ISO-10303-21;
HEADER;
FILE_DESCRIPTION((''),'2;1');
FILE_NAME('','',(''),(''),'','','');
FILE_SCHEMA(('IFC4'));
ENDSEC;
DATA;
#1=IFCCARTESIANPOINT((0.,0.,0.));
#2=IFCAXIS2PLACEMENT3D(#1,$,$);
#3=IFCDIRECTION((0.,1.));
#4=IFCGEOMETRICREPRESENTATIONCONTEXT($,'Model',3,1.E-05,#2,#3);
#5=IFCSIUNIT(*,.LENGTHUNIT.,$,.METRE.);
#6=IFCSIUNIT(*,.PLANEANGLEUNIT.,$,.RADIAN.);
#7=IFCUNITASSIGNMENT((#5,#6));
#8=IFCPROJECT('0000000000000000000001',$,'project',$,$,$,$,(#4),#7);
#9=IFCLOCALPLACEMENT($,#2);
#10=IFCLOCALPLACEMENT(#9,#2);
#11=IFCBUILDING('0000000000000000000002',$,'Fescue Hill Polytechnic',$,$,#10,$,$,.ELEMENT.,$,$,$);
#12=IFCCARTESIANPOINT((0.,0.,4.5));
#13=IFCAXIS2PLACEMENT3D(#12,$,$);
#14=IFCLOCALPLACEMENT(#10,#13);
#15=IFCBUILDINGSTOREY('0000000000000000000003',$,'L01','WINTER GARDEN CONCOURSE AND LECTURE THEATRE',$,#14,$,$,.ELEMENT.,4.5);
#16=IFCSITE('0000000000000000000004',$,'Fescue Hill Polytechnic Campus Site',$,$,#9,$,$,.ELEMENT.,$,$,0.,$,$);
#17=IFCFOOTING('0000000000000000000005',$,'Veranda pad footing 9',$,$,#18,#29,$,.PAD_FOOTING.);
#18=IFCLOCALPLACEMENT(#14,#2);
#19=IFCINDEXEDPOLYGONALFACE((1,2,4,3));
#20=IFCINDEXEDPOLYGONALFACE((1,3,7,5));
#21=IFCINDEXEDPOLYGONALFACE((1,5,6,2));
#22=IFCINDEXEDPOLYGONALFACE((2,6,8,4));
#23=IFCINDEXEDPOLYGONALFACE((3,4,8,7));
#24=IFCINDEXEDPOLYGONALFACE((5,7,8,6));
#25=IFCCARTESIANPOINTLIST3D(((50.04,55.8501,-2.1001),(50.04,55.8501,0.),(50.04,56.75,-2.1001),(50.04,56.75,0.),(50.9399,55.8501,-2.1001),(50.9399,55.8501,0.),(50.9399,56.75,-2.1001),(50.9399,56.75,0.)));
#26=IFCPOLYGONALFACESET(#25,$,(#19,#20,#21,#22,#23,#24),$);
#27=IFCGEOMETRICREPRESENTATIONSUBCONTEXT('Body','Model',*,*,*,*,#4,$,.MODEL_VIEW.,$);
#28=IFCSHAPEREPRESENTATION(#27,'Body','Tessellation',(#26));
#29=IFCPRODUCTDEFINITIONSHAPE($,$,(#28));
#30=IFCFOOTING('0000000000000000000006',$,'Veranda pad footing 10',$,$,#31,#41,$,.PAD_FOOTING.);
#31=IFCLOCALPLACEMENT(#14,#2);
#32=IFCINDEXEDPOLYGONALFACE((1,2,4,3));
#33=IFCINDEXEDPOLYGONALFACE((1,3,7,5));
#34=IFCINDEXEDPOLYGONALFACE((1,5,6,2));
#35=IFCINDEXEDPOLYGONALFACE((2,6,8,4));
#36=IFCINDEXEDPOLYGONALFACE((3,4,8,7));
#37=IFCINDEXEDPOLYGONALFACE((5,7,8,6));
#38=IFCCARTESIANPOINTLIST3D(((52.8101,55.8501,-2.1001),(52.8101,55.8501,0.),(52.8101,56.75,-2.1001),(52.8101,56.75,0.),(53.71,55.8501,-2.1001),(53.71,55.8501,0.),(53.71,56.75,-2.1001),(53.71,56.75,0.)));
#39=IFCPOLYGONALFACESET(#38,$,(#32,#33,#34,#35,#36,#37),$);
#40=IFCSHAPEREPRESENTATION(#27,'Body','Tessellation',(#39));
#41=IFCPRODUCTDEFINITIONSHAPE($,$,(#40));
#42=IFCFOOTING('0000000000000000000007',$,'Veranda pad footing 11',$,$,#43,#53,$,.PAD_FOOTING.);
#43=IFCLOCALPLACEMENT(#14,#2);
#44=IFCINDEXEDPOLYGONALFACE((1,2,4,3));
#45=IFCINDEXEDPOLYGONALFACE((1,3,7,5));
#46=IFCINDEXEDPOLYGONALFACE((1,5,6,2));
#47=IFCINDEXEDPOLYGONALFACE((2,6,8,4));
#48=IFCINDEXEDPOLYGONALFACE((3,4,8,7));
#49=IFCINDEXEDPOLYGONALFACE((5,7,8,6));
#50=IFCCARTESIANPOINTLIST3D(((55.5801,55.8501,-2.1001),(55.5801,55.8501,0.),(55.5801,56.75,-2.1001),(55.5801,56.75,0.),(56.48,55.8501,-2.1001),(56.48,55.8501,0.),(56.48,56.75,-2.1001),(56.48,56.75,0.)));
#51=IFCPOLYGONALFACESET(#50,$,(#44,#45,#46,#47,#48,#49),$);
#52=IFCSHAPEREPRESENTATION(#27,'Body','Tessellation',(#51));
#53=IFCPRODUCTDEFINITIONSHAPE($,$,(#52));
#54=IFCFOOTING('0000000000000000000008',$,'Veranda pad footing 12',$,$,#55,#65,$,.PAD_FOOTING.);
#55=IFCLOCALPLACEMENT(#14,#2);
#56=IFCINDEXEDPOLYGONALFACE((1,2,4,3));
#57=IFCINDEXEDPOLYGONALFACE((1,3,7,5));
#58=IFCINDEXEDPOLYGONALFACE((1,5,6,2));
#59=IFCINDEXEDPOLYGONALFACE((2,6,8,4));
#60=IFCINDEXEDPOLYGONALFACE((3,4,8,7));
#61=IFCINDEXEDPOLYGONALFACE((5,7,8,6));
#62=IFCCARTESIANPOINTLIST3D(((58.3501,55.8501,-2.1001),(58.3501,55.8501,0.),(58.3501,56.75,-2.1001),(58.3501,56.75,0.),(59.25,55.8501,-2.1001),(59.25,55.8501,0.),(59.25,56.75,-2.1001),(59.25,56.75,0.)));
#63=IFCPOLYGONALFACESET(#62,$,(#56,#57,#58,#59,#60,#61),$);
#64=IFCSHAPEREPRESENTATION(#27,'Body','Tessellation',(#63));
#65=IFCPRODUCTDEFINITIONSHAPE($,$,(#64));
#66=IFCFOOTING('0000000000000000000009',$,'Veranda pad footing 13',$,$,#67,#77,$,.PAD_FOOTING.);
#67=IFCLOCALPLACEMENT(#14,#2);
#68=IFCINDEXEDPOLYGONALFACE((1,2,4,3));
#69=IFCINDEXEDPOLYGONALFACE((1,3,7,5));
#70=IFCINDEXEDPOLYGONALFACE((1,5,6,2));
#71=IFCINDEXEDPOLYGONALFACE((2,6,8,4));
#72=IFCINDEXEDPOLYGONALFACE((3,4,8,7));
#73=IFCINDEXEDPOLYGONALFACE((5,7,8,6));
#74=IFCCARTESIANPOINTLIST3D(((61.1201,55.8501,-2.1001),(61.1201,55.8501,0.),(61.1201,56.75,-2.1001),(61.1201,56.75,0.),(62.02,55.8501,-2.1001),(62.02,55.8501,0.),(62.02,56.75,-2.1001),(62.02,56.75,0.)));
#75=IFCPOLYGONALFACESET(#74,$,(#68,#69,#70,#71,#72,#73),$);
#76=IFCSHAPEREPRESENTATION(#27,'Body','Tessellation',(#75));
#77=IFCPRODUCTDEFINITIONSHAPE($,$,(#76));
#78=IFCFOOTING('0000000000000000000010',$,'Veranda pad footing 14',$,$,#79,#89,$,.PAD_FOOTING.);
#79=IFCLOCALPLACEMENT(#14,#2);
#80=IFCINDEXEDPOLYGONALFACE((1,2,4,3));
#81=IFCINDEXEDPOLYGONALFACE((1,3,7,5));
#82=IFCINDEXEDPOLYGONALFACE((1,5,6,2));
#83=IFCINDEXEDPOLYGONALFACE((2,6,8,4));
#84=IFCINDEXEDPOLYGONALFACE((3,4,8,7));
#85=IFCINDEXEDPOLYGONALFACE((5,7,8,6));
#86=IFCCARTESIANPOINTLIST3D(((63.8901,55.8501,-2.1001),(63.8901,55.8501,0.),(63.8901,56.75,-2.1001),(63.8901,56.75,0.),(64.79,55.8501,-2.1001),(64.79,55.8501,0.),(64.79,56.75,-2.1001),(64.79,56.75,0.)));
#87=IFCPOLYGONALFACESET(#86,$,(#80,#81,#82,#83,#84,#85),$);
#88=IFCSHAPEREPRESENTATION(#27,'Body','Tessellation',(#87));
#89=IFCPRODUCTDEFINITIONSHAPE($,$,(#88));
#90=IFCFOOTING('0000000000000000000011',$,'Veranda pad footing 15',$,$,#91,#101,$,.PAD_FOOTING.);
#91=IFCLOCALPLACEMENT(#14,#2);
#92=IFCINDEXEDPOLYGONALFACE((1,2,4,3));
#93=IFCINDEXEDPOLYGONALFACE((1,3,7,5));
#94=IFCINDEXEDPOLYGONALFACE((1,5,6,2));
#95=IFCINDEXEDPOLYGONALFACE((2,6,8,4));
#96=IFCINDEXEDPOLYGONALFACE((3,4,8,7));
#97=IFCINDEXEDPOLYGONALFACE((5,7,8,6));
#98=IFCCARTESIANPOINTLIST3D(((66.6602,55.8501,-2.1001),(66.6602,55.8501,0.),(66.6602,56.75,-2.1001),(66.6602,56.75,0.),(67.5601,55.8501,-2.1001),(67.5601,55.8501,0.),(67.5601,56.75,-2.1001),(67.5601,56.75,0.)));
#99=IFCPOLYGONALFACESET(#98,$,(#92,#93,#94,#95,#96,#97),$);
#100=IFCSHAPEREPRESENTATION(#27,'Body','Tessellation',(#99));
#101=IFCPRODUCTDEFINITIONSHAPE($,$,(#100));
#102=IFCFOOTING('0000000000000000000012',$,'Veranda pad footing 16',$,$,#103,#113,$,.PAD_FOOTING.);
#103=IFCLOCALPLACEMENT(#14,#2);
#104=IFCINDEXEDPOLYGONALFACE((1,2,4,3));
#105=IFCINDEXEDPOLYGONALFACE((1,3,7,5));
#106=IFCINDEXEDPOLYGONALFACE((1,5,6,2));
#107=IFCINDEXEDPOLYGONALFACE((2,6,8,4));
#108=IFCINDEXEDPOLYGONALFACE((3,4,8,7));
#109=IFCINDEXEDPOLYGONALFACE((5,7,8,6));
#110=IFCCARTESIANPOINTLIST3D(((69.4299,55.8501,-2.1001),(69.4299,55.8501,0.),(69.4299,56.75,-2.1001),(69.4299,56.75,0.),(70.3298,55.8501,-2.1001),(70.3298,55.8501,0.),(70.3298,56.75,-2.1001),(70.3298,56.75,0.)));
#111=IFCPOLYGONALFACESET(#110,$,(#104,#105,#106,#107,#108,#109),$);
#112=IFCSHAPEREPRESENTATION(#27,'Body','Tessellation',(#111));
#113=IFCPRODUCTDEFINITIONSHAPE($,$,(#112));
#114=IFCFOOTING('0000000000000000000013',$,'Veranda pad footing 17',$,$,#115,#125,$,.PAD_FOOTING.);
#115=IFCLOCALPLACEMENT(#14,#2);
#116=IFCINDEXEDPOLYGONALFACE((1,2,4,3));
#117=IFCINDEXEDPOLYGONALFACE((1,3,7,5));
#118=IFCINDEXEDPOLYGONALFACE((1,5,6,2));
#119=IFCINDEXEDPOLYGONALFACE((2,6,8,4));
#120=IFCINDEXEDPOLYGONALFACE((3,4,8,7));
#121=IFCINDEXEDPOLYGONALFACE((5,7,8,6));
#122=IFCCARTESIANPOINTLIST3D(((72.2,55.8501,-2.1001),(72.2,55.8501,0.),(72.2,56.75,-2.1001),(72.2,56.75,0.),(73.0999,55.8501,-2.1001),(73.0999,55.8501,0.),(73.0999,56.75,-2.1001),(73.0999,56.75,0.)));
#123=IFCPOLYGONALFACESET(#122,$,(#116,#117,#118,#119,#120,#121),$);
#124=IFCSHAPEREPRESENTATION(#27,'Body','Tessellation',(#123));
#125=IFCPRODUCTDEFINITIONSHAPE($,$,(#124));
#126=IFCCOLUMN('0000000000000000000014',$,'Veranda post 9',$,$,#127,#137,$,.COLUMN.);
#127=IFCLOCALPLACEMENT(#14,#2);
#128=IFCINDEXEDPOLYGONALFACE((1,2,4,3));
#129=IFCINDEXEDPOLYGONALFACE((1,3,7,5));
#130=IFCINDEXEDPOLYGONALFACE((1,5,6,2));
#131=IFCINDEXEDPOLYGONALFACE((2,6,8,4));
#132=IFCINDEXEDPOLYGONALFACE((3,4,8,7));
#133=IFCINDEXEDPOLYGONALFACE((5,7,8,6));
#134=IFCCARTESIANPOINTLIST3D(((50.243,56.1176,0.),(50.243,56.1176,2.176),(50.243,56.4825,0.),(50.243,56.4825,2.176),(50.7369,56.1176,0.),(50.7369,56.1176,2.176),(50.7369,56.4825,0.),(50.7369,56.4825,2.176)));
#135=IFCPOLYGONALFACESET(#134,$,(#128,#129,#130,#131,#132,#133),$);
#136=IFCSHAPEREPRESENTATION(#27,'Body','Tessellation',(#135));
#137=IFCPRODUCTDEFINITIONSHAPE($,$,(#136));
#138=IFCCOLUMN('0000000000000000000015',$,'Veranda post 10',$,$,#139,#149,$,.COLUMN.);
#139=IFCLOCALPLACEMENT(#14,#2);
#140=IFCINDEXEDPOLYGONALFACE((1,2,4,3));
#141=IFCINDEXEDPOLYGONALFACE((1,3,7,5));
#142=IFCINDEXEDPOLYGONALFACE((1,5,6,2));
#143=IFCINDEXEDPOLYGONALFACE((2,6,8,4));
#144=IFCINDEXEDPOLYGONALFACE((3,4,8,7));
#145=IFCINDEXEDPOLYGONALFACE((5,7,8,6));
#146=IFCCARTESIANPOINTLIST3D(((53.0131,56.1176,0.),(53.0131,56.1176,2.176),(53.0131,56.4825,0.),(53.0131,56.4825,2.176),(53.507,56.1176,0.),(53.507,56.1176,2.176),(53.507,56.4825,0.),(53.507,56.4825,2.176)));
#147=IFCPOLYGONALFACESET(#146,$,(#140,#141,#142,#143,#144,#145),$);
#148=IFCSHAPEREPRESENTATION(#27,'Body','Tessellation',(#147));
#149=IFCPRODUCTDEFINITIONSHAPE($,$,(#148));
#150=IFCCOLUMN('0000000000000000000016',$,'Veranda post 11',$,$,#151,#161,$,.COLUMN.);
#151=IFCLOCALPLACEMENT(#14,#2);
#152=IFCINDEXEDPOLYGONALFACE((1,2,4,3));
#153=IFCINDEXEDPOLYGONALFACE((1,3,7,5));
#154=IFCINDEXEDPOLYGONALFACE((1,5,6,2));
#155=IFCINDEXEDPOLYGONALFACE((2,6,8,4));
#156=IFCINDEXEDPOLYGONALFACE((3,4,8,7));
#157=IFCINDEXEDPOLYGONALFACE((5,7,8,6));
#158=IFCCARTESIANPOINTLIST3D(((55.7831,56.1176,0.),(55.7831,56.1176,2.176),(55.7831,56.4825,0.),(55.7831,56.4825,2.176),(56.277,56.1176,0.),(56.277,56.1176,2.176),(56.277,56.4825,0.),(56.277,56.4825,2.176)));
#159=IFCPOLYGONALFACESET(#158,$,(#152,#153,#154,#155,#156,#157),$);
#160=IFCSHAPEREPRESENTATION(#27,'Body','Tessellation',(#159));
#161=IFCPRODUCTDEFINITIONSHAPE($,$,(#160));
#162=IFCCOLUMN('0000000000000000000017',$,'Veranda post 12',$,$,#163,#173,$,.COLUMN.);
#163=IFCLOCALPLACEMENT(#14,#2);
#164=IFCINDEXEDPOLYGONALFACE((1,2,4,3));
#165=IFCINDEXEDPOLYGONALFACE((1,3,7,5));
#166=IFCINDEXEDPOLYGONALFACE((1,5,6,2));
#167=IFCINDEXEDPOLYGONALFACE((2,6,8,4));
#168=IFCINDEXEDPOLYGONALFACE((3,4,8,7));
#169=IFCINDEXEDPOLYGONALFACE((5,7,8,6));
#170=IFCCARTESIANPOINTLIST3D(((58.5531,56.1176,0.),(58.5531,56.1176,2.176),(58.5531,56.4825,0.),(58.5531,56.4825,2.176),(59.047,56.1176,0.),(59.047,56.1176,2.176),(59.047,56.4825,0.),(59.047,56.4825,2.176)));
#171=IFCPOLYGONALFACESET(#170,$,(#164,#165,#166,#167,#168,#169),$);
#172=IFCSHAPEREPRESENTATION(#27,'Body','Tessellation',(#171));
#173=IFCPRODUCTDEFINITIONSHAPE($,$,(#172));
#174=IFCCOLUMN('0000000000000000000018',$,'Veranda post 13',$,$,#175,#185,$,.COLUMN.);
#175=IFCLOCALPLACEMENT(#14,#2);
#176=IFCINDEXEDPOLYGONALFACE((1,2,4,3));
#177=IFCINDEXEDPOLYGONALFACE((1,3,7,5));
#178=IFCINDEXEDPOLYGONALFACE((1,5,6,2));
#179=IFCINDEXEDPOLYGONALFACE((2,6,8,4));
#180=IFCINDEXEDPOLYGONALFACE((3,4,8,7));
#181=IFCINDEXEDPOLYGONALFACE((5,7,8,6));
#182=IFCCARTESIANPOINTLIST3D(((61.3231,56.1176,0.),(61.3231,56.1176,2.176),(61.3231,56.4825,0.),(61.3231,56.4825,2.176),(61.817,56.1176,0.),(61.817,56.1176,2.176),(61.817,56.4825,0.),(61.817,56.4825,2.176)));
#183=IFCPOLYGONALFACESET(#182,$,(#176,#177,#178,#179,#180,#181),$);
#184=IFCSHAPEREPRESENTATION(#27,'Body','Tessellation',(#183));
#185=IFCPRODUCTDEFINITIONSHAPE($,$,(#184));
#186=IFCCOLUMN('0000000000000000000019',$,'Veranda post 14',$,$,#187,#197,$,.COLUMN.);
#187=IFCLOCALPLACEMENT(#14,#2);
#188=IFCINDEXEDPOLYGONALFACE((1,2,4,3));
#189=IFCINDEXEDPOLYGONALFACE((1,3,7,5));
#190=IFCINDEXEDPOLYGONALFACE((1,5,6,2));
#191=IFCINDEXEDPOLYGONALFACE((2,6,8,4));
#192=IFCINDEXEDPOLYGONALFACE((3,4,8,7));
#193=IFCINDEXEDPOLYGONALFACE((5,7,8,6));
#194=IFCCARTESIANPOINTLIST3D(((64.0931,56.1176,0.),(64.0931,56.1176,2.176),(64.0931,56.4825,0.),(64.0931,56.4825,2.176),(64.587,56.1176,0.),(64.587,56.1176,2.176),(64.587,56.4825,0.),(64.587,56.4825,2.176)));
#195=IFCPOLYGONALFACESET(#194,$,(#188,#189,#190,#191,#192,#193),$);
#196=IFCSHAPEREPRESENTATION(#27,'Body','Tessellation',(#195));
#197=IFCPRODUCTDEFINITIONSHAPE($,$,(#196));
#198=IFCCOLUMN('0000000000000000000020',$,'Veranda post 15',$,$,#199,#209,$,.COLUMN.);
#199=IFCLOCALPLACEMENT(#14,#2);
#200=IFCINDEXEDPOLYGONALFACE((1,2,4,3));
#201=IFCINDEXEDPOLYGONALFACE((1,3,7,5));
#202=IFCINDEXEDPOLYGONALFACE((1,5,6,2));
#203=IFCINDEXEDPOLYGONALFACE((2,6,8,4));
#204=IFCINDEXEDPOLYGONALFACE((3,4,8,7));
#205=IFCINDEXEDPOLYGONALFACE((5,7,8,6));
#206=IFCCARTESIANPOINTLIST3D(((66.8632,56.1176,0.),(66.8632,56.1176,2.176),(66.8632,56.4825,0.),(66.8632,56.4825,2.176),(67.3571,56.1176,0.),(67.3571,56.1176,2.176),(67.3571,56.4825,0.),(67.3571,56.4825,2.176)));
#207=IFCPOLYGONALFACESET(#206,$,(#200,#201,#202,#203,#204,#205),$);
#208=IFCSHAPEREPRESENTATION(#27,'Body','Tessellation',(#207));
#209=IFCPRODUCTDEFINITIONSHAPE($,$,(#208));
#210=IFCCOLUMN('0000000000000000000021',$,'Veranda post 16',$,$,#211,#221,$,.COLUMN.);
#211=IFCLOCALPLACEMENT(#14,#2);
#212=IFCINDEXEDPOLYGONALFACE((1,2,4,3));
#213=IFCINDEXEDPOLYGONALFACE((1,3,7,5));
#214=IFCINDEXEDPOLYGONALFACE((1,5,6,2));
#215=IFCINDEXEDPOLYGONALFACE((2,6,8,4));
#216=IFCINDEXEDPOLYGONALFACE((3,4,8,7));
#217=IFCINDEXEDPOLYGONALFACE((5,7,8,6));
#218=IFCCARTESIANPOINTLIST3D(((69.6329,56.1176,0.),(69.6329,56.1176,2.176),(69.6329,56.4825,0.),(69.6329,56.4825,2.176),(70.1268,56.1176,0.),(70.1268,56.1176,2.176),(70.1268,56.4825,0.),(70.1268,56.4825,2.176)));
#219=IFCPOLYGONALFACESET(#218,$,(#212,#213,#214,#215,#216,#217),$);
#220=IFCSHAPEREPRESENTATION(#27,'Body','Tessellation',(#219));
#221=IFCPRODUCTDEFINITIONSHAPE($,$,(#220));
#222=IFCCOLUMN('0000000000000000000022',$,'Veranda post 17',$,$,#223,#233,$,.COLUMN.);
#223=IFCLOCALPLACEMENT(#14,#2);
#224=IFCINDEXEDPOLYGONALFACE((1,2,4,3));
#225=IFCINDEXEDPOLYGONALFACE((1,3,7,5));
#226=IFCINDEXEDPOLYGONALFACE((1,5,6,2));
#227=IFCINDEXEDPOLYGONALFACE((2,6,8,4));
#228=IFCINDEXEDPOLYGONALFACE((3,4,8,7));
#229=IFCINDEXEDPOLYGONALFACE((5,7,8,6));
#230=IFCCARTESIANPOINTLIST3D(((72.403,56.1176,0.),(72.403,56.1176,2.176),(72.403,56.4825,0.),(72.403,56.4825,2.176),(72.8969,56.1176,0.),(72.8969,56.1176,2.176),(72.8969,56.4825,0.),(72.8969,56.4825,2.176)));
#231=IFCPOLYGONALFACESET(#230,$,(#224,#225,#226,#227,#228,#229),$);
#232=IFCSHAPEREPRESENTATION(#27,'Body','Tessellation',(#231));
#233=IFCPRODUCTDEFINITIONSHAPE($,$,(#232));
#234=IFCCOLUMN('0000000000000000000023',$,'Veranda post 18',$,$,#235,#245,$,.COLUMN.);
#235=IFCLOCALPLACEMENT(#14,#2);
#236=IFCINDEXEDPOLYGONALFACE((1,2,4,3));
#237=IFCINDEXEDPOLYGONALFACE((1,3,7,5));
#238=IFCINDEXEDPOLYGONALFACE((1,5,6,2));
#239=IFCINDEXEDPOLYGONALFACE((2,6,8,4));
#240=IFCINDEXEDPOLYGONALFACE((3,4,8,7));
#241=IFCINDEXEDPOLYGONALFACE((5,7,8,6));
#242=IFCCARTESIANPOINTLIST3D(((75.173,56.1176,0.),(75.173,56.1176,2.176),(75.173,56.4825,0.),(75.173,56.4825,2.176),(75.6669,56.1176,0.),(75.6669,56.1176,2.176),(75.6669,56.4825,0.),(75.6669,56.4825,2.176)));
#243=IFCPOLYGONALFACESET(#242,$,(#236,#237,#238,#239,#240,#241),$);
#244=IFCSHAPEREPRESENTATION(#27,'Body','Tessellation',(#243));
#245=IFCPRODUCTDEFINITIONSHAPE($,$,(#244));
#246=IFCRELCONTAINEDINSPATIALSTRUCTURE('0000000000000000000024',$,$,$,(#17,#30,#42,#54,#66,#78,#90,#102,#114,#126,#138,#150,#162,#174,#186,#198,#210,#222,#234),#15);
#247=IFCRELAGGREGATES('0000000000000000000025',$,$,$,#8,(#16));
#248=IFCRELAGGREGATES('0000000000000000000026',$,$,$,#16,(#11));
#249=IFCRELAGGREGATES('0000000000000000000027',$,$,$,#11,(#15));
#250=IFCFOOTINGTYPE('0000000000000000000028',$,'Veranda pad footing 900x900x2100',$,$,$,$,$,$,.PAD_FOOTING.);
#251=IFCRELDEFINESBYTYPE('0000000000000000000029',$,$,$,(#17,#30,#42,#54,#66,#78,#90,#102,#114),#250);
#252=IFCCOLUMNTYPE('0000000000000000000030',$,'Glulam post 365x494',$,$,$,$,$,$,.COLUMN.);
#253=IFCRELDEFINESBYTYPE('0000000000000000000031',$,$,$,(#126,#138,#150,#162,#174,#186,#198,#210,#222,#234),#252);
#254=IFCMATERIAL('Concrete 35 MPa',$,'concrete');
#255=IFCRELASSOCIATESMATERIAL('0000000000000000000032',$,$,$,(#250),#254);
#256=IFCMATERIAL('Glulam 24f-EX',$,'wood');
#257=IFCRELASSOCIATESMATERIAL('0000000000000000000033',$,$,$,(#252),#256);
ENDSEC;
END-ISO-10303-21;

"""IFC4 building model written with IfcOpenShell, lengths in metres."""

from ifc_helpers import new_model, si_unit, direction, frame, origin, origin_2d, place, context, subcontext, project, spatial, rectangle, extrude, material, material_profile, profile_set, type_object, element, save


model = new_model("IFC4")

# Units and contexts
model_context = context("Model", 3, precision=1e-05, world=origin(), true_north=direction((0.0, 1.0)))
body_context = subcontext(model_context, "Body", "Model", "MODEL_VIEW")
ifc_project = project(units=[si_unit("LENGTHUNIT", "METRE"), si_unit("PLANEANGLEUNIT", "RADIAN")], contexts=[model_context])

# Site, building, storey
site_placement = place(None, origin())
site = spatial("IfcSite", under=ifc_project, at=site_placement, Name="Fescue Hill Polytechnic Campus Site", CompositionType="ELEMENT", RefElevation=0.0)
building_placement = place(site_placement, origin())
building = spatial("IfcBuilding", under=site, at=building_placement, Name="Fescue Hill Polytechnic", CompositionType="ELEMENT")
storey_placement = place(building_placement, frame((0.0, 0.0, 4.5)))
storey = spatial("IfcBuildingStorey", under=building, at=storey_placement, Name="L01", Description="WINTER GARDEN CONCOURSE AND LECTURE THEATRE", CompositionType="ELEMENT", Elevation=4.5)

# Footings
ifc_material_1 = material(Name="Concrete 35 MPa", Category="concrete")
footing_type = type_object("IfcFootingType", Name="Veranda pad footing 900x900x2100", PredefinedType="PAD_FOOTING", material=ifc_material_1)
for number, where, z_axis, x_axis, name in (
    (1, (50.49, 56.3, -2.1001), (0.0, 0.0, 1.0), (1.0, 0.0, 0.0), "Veranda pad footing 9"),
    (2, (53.26, 56.3, -2.1001), (0.0, 0.0, 1.0), (1.0, 0.0, 0.0), "Veranda pad footing 10"),
    (3, (56.03, 56.3, -2.1001), (0.0, 0.0, 1.0), (1.0, 0.0, 0.0), "Veranda pad footing 11"),
    (4, (58.8, 56.3, -2.1001), (0.0, 0.0, 1.0), (1.0, 0.0, 0.0), "Veranda pad footing 12"),
    (5, (61.5701, 56.3, -2.1001), (0.0, 0.0, 1.0), (1.0, 0.0, 0.0), "Veranda pad footing 13"),
    (6, (64.3401, 56.3, -2.1001), (0.0, 0.0, 1.0), (1.0, 0.0, 0.0), "Veranda pad footing 14"),
    (7, (67.1101, 56.3, -2.1001), (0.0, 0.0, 1.0), (1.0, 0.0, 0.0), "Veranda pad footing 15"),
    (8, (69.8799, 56.3, -2.1001), (0.0, 0.0, 1.0), (1.0, 0.0, 0.0), "Veranda pad footing 16"),
    (9, (72.6499, 56.3, -2.1001), (0.0, 0.0, 1.0), (1.0, 0.0, 0.0), "Veranda pad footing 17"),
):
    element("IfcFooting", number, at=place(storey_placement, frame(where, z_axis=z_axis, x_axis=x_axis)), inside=storey, type_object=footing_type, Name=name, PredefinedType="PAD_FOOTING", context=body_context, shape_type="SweptSolid", body=[
        extrude(rectangle(XDim=0.8999, YDim=0.8999, at=origin_2d()), origin(), (0.0, 0.0, 1.0), 2.1001),
    ])

# Columns
ifc_material_2 = material(Name="Glulam 24f-EX", Category="wood")
ifc_material_profile_1 = material_profile(ifc_material_2, rectangle(XDim=0.365, YDim=0.4939, at=origin_2d()), Name="Glulam post 365x494")
ifc_profile_set_1 = profile_set([ifc_material_profile_1], Name="Glulam 24f-EX")
column_type = type_object("IfcColumnType", Name="Glulam post 365x494", PredefinedType="COLUMN", material=ifc_profile_set_1)
for number, where, z_axis, x_axis, name in (
    (10, (50.49, 56.3, 0.0), (0.0, 0.0, 1.0), (0.0, 1.0, 0.0), "Veranda post 9"),
    (11, (53.26, 56.3, 0.0), (0.0, 0.0, 1.0), (0.0, 1.0, 0.0), "Veranda post 10"),
    (12, (56.03, 56.3, 0.0), (0.0, 0.0, 1.0), (0.0, 1.0, 0.0), "Veranda post 11"),
    (13, (58.8, 56.3, 0.0), (0.0, 0.0, 1.0), (0.0, 1.0, 0.0), "Veranda post 12"),
    (14, (61.5701, 56.3, 0.0), (0.0, 0.0, 1.0), (0.0, 1.0, 0.0), "Veranda post 13"),
    (15, (64.3401, 56.3, 0.0), (0.0, 0.0, 1.0), (0.0, 1.0, 0.0), "Veranda post 14"),
    (16, (67.1101, 56.3, 0.0), (0.0, 0.0, 1.0), (0.0, 1.0, 0.0), "Veranda post 15"),
    (17, (69.8799, 56.3, 0.0), (0.0, 0.0, 1.0), (0.0, 1.0, 0.0), "Veranda post 16"),
    (18, (72.6499, 56.3, 0.0), (0.0, 0.0, 1.0), (0.0, 1.0, 0.0), "Veranda post 17"),
    (19, (75.4199, 56.3, 0.0), (0.0, 0.0, 1.0), (0.0, 1.0, 0.0), "Veranda post 18"),
):
    element("IfcColumn", number, at=place(storey_placement, frame(where, z_axis=z_axis, x_axis=x_axis)), inside=storey, type_object=column_type, Name=name, PredefinedType="COLUMN", context=body_context, shape_type="SweptSolid", body=[
        extrude(rectangle(XDim=0.365, YDim=0.4939, at=origin_2d()), origin(), (0.0, 0.0, 1.0), 2.176),
    ])

save(model, "model.ifc")
